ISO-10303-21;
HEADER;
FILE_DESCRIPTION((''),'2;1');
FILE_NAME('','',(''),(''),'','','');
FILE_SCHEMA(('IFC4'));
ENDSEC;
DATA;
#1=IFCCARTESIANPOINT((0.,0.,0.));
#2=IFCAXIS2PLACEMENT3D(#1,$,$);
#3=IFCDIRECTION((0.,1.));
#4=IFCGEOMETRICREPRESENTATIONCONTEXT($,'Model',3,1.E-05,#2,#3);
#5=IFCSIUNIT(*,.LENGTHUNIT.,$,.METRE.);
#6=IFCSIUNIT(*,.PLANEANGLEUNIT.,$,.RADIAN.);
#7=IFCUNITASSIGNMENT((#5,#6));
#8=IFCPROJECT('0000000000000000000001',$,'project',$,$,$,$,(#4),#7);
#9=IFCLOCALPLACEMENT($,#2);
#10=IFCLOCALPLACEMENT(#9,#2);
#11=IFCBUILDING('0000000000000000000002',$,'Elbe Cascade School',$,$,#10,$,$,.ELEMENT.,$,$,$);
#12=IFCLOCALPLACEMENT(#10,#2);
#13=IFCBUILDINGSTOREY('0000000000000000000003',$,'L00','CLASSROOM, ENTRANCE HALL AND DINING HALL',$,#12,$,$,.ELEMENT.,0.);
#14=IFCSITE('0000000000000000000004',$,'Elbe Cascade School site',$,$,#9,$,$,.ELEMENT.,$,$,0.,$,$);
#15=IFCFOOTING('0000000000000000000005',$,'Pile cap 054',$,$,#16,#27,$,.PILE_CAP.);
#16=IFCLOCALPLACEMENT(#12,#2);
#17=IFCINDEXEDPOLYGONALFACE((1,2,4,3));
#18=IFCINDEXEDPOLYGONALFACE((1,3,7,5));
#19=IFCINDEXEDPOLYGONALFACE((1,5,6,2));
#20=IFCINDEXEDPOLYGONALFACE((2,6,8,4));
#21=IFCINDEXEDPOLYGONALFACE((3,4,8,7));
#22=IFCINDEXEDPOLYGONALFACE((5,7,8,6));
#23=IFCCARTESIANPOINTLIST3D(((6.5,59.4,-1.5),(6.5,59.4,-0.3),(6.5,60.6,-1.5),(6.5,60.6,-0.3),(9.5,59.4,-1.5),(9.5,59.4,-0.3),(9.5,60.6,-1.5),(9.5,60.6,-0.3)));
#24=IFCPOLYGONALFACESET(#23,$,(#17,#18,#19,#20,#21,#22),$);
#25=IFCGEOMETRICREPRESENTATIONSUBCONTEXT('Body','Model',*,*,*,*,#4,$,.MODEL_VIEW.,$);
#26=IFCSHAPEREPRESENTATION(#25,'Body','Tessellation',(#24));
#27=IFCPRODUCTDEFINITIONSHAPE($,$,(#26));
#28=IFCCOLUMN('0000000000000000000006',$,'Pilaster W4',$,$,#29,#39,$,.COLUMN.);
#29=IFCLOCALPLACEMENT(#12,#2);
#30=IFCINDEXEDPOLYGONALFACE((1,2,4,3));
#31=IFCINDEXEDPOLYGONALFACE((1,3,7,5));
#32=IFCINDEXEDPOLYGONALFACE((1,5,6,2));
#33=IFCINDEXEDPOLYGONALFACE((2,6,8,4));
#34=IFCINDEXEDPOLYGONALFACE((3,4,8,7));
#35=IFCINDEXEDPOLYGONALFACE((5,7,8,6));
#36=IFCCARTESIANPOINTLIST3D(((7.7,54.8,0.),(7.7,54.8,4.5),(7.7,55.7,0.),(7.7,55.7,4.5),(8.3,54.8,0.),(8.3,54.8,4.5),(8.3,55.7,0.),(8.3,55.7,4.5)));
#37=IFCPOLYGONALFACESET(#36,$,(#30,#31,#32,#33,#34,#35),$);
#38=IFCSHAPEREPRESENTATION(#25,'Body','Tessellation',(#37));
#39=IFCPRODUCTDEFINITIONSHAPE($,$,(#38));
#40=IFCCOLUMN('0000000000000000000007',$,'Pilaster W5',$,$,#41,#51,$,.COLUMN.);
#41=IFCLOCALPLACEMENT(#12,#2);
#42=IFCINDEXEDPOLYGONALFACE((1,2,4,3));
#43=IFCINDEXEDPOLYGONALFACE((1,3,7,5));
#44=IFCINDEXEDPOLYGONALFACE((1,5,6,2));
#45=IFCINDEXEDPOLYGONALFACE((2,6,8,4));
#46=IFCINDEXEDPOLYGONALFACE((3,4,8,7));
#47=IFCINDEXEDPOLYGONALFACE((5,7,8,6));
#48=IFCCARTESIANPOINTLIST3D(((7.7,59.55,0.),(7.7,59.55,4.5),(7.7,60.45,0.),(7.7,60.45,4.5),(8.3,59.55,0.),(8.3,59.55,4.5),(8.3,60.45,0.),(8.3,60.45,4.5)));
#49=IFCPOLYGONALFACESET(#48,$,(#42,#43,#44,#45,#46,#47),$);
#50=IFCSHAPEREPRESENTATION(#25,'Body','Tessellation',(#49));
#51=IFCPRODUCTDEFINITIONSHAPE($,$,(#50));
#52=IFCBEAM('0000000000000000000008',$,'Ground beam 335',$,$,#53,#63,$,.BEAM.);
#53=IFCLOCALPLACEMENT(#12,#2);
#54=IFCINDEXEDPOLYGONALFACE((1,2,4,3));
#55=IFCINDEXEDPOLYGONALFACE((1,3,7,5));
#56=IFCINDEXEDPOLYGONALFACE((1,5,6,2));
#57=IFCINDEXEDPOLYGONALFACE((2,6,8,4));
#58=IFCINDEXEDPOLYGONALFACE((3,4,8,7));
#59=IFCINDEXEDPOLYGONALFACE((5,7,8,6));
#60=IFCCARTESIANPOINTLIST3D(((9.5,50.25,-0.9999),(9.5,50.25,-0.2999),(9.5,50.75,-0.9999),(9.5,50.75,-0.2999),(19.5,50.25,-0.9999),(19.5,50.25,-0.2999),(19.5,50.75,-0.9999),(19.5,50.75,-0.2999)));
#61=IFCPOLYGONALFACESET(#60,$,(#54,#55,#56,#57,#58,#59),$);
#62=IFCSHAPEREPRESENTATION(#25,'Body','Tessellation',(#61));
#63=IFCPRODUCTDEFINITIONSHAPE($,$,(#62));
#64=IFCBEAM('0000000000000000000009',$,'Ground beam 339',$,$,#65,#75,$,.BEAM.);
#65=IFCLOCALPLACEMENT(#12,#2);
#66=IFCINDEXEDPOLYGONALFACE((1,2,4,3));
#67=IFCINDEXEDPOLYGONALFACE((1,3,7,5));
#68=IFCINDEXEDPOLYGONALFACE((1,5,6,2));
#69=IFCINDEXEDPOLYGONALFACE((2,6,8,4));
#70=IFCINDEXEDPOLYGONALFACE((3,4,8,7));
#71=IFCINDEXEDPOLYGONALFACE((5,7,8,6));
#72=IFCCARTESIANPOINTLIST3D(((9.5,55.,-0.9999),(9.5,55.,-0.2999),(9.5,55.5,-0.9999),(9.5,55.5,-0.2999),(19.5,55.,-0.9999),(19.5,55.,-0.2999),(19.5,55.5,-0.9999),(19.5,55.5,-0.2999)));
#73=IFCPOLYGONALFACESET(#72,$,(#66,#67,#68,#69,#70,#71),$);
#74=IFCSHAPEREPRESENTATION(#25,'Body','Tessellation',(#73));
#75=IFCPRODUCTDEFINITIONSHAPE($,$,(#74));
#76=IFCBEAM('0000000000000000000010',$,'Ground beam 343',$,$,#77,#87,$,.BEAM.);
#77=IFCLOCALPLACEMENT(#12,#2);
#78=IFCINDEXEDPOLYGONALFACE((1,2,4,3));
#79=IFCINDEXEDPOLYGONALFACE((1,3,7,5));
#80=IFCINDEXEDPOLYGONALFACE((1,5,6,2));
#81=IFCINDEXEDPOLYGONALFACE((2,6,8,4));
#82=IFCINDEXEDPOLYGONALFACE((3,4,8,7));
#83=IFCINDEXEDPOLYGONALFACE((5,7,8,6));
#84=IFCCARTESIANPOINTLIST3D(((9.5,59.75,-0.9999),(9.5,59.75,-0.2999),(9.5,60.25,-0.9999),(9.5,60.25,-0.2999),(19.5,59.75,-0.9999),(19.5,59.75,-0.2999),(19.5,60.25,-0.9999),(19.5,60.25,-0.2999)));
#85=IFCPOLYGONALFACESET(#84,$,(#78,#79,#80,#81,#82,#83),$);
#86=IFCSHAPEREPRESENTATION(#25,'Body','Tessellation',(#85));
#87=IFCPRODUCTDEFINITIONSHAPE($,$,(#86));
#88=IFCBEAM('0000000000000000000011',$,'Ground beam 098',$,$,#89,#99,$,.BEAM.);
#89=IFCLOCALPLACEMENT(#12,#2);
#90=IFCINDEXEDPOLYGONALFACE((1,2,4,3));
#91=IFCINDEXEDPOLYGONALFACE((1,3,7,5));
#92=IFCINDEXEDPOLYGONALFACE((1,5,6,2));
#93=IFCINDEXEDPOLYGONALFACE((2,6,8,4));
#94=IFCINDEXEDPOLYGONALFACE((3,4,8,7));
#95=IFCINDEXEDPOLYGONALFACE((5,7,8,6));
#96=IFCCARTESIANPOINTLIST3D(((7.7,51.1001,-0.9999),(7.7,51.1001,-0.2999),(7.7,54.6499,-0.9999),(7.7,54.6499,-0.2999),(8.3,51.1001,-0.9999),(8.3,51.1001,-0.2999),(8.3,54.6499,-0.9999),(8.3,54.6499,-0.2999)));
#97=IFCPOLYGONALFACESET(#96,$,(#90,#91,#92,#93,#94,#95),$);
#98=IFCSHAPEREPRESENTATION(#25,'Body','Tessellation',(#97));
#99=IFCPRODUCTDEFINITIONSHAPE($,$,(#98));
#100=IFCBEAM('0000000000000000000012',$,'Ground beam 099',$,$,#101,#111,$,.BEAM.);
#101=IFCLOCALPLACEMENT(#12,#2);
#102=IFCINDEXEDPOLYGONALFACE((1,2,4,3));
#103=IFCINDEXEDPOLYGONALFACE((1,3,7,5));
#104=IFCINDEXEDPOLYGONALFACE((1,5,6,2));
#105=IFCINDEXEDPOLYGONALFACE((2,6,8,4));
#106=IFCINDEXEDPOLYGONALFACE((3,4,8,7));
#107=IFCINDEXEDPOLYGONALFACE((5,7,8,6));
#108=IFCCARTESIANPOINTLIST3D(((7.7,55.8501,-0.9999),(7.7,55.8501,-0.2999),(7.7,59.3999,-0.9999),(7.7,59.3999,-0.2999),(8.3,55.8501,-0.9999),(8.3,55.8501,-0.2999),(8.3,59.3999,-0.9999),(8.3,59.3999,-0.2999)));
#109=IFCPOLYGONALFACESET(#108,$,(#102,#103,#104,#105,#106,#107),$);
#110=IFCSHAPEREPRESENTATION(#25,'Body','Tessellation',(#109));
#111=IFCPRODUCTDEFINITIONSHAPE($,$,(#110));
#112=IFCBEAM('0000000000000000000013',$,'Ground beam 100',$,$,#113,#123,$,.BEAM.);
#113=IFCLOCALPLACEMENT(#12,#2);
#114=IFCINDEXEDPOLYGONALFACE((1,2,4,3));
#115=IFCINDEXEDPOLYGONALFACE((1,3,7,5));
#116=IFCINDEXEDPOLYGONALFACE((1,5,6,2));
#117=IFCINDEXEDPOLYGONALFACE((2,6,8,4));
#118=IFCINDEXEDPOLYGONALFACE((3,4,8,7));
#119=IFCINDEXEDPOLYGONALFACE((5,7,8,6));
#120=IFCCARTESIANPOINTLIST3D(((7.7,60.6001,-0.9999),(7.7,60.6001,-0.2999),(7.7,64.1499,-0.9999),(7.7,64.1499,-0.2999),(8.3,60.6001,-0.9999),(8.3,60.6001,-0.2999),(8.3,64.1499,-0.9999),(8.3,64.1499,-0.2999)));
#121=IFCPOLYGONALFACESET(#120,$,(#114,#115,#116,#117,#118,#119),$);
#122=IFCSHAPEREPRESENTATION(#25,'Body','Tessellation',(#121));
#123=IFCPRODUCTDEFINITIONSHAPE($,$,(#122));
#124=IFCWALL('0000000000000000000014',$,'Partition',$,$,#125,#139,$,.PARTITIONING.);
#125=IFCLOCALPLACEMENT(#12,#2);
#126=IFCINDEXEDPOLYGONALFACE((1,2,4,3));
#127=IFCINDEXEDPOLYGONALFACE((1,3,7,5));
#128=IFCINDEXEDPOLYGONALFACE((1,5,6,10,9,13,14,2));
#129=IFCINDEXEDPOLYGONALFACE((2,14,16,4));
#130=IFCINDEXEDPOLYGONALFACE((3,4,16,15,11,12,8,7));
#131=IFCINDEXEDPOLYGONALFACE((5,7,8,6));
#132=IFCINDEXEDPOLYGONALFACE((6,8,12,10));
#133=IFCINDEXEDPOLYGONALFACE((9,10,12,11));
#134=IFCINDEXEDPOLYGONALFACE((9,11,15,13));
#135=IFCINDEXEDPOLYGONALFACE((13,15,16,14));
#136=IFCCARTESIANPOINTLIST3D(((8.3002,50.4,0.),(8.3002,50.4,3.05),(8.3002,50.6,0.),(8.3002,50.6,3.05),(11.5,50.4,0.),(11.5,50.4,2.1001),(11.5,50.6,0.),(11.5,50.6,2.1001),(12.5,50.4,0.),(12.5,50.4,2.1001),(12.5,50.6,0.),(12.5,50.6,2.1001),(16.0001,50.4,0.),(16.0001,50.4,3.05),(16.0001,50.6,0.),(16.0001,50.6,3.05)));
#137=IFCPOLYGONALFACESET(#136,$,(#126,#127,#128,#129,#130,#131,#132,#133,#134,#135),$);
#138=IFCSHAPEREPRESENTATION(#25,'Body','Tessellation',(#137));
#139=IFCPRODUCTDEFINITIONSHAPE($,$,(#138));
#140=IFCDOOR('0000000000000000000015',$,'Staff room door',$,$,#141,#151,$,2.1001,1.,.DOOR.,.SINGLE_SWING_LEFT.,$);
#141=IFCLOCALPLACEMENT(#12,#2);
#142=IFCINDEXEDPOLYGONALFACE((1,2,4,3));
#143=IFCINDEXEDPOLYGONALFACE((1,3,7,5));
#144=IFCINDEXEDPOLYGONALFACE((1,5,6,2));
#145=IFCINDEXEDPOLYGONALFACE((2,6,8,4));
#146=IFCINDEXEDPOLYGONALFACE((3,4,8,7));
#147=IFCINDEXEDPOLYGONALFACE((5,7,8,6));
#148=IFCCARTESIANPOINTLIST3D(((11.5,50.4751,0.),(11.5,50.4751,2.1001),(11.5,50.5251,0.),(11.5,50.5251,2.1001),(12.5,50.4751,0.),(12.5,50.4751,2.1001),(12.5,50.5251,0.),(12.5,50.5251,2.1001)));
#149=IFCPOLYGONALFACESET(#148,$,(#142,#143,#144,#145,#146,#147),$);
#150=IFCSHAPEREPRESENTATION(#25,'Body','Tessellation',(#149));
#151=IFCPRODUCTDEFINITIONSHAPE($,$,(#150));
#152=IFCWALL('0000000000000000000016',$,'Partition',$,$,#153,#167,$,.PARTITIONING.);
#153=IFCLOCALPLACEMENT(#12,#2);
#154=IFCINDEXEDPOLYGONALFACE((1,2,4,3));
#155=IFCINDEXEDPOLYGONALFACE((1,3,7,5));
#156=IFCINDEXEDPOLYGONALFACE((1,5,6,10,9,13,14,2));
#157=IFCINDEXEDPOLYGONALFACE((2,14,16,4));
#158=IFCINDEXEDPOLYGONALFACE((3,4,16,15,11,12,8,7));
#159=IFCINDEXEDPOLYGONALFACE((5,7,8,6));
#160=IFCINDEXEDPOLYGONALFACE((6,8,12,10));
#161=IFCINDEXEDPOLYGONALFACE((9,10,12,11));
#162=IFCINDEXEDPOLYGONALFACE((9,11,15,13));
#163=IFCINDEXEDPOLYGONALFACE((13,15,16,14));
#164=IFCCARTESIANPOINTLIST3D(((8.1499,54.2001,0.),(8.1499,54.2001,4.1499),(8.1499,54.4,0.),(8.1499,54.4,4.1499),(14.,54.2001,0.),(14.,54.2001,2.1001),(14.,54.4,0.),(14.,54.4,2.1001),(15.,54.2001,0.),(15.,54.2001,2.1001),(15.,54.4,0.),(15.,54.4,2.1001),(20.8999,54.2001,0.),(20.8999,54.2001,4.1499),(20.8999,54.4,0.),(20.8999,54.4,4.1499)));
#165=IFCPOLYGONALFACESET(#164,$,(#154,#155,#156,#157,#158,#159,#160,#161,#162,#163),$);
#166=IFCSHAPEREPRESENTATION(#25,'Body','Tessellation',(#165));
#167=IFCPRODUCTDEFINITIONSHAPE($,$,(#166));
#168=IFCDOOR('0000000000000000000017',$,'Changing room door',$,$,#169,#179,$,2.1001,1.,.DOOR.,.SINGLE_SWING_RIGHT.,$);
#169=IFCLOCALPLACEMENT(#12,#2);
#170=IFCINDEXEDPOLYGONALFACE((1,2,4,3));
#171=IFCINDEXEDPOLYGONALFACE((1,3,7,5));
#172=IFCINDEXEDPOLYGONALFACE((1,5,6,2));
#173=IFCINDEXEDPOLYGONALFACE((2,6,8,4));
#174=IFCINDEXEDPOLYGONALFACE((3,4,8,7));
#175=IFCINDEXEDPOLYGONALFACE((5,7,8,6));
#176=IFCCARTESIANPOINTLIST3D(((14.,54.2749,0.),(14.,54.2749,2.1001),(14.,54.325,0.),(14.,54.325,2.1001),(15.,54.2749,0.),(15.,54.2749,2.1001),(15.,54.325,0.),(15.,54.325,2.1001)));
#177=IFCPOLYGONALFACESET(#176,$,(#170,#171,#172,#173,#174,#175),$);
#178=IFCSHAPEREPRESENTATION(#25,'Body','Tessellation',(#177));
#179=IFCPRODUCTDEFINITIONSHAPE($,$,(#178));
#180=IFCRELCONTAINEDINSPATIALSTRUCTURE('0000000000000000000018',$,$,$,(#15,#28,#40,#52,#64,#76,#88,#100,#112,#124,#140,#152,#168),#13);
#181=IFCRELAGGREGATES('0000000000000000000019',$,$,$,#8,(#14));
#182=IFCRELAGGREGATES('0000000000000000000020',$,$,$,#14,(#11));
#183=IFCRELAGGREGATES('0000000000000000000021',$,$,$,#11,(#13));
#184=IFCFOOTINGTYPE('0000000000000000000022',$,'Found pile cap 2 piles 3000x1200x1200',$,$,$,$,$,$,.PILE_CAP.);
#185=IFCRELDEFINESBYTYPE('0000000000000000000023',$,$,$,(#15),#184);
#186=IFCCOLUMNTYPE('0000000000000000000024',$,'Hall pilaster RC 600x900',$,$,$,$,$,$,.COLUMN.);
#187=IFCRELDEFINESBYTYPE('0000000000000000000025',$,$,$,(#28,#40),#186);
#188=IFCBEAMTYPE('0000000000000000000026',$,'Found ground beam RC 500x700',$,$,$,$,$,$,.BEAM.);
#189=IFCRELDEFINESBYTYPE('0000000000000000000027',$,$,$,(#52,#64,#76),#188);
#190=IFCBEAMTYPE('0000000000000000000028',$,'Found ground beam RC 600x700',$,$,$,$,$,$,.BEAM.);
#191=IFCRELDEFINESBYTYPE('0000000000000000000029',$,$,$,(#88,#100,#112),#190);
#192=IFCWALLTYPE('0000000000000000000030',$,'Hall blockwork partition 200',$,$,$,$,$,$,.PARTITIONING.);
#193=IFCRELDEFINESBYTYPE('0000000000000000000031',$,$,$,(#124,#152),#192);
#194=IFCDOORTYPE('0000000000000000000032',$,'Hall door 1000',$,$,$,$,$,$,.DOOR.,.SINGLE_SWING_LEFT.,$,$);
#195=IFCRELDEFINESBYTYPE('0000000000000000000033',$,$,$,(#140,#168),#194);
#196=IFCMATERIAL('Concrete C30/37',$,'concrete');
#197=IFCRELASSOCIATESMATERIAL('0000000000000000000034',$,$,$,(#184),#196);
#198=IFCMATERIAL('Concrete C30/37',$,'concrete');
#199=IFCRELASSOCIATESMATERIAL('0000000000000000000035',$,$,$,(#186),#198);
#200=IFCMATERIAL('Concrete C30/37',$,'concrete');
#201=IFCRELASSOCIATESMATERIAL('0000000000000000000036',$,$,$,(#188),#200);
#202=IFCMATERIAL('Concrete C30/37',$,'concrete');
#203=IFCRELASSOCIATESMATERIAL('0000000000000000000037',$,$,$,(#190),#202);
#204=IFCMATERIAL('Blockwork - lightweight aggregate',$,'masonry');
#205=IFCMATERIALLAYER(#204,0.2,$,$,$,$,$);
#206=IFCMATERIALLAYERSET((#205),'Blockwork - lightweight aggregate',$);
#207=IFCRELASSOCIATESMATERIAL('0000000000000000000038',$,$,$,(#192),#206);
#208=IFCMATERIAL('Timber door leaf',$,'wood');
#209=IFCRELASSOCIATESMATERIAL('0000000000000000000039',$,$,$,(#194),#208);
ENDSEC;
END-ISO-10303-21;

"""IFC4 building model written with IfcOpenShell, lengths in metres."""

from ifc_helpers import new_model, si_unit, direction, frame, frame_2d, origin, origin_2d, place, context, subcontext, project, spatial, rectangle, extrude, material, layer, layer_set, material_profile, profile_set, type_object, element, fill, save


model = new_model("IFC4")

# Units and contexts
model_context = context("Model", 3, precision=1e-05, world=origin(), true_north=direction((0.0, 1.0)))
body_context = subcontext(model_context, "Body", "Model", "MODEL_VIEW")
ifc_project = project(units=[si_unit("LENGTHUNIT", "METRE"), si_unit("PLANEANGLEUNIT", "RADIAN")], contexts=[model_context])

# Site, building, storey
site_placement = place(None, origin())
site = spatial("IfcSite", under=ifc_project, at=site_placement, Name="Elbe Cascade School site", CompositionType="ELEMENT", RefElevation=0.0)
building_placement = place(site_placement, origin())
building = spatial("IfcBuilding", under=site, at=building_placement, Name="Elbe Cascade School", CompositionType="ELEMENT")
storey_placement = place(building_placement, origin())
storey = spatial("IfcBuildingStorey", under=building, at=storey_placement, Name="L00", Description="CLASSROOM, ENTRANCE HALL AND DINING HALL", CompositionType="ELEMENT", Elevation=0.0)

# Footing
ifc_material_1 = material(Name="Concrete C30/37", Category="concrete")
footing_type = type_object("IfcFootingType", Name="Found pile cap 2 piles 3000x1200x1200", PredefinedType="PILE_CAP", material=ifc_material_1)
for number, where, z_axis, x_axis, name in (
    (1, (8.0, 60.0, -1.5), (0.0, 0.0, 1.0), (1.0, 0.0, 0.0), "Pile cap 054"),
):
    element("IfcFooting", number, at=place(storey_placement, frame(where, z_axis=z_axis, x_axis=x_axis)), inside=storey, type_object=footing_type, Name=name, PredefinedType="PILE_CAP", context=body_context, shape_type="SweptSolid", body=[
        extrude(rectangle(XDim=3.0, YDim=1.2, at=origin_2d()), origin(), (0.0, 0.0, 1.0), 1.2),
    ])

# Columns
ifc_material_2 = material(Name="Concrete C30/37", Category="concrete")
ifc_material_profile_1 = material_profile(ifc_material_2, rectangle(XDim=0.6001, YDim=0.8999, at=origin_2d()), Name="RC 600x900")
ifc_profile_set_1 = profile_set([ifc_material_profile_1], Name="Concrete C30/37")
column_type = type_object("IfcColumnType", Name="Hall pilaster RC 600x900", PredefinedType="COLUMN", material=ifc_profile_set_1)
for number, where, z_axis, x_axis, name in (
    (2, (8.0, 55.25, 0.0), (0.0, 0.0, 1.0), (1.0, 0.0, 0.0), "Pilaster W4"),
    (3, (8.0, 60.0, 0.0), (0.0, 0.0, 1.0), (1.0, 0.0, 0.0), "Pilaster W5"),
):
    element("IfcColumn", number, at=place(storey_placement, frame(where, z_axis=z_axis, x_axis=x_axis)), inside=storey, type_object=column_type, Name=name, PredefinedType="COLUMN", context=body_context, shape_type="SweptSolid", body=[
        extrude(rectangle(XDim=0.6001, YDim=0.8999, at=origin_2d()), origin(), (0.0, 0.0, 1.0), 4.5),
    ])

# Beams
ifc_material_3 = material(Name="Concrete C30/37", Category="concrete")
ifc_material_profile_2 = material_profile(ifc_material_3, rectangle(XDim=0.5, YDim=0.7, at=origin_2d()), Name="RC 500x700")
ifc_profile_set_2 = profile_set([ifc_material_profile_2], Name="Concrete C30/37")
beam_type_1 = type_object("IfcBeamType", Name="Found ground beam RC 500x700", PredefinedType="BEAM", material=ifc_profile_set_2)
for number, where, z_axis, x_axis, name in (
    (4, (9.5, 50.5, -0.6499), (1.0, 0.0, 0.0), (0.0, 1.0, 0.0), "Ground beam 335"),
    (5, (9.5, 55.25, -0.6499), (1.0, 0.0, 0.0), (0.0, 1.0, 0.0), "Ground beam 339"),
    (6, (9.5, 60.0, -0.6499), (1.0, 0.0, 0.0), (0.0, 1.0, 0.0), "Ground beam 343"),
):
    element("IfcBeam", number, at=place(storey_placement, frame(where, z_axis=z_axis, x_axis=x_axis)), inside=storey, type_object=beam_type_1, Name=name, PredefinedType="BEAM", context=body_context, shape_type="SweptSolid", body=[
        extrude(rectangle(XDim=0.5, YDim=0.7, at=origin_2d()), origin(), (0.0, 0.0, 1.0), 10.0),
    ])
ifc_material_4 = material(Name="Concrete C30/37", Category="concrete")
ifc_material_profile_3 = material_profile(ifc_material_4, rectangle(XDim=0.6001, YDim=0.7, at=origin_2d()), Name="RC 600x700")
ifc_profile_set_3 = profile_set([ifc_material_profile_3], Name="Concrete C30/37")
beam_type_2 = type_object("IfcBeamType", Name="Found ground beam RC 600x700", PredefinedType="BEAM", material=ifc_profile_set_3)
for number, where, z_axis, x_axis, name in (
    (7, (8.0, 51.1001, -0.6499), (0.0, 1.0, 0.0), (-1.0, 0.0, 0.0), "Ground beam 098"),
    (8, (8.0, 55.8501, -0.6499), (0.0, 1.0, 0.0), (-1.0, 0.0, 0.0), "Ground beam 099"),
    (9, (8.0, 60.6001, -0.6499), (0.0, 1.0, 0.0), (-1.0, 0.0, 0.0), "Ground beam 100"),
):
    element("IfcBeam", number, at=place(storey_placement, frame(where, z_axis=z_axis, x_axis=x_axis)), inside=storey, type_object=beam_type_2, Name=name, PredefinedType="BEAM", context=body_context, shape_type="SweptSolid", body=[
        extrude(rectangle(XDim=0.6001, YDim=0.7, at=origin_2d()), origin(), (0.0, 0.0, 1.0), 3.5498),
    ])

# Walls, openings, doors
ifc_material_5 = material(Name="Blockwork - lightweight aggregate", Category="masonry")
ifc_layer_1 = layer(ifc_material_5, 0.2)
ifc_layer_set_1 = layer_set([ifc_layer_1], Name="Blockwork - lightweight aggregate")
wall_type_1 = type_object("IfcWallType", Name="Hall blockwork partition 200", PredefinedType="PARTITIONING", material=ifc_layer_set_1)
wall_1_placement = place(storey_placement, frame((8.3, 50.5, 0.0), z_axis=(0.0, 0.0, 1.0), x_axis=(1.0, 0.0, 0.0)))
wall_1 = element("IfcWall", 10, at=wall_1_placement, inside=storey, type_object=wall_type_1, Name="Partition", PredefinedType="PARTITIONING", context=body_context, shape_type="SweptSolid", body=[
    extrude(rectangle(XDim=7.7, YDim=0.2, at=frame_2d((3.8501, 0.0))), origin(), (0.0, 0.0, 1.0), 3.05),
])
opening_1_placement = place(wall_1_placement, frame((3.2, 0.0, 0.0)))
opening_1 = element("IfcOpeningElement", 11, at=opening_1_placement, cuts=wall_1, PredefinedType="OPENING", context=body_context, shape_type="SweptSolid", body=[
    extrude(rectangle(XDim=1.0, YDim=2.1001, at=frame_2d((0.5, 1.05))), frame((0.0, 0.1099, 0.0), z_axis=(0.0, -1.0, 0.0), x_axis=(1.0, 0.0, 0.0)), (0.0, 0.0, 1.0), 0.22),
])
ifc_material_6 = material(Name="Timber door leaf", Category="wood")
door_type_1 = type_object("IfcDoorType", Name="Hall door 1000", OperationType="SINGLE_SWING_LEFT", PredefinedType="DOOR", material=ifc_material_6)
door_1_placement = place(opening_1_placement, frame((1.0, 0.0, 0.0), z_axis=(0.0, 0.0, 1.0), x_axis=(-1.0, 0.0, 0.0)))
door_1 = element("IfcDoor", 12, at=door_1_placement, inside=storey, type_object=door_type_1, Name="Staff room door", OperationType="SINGLE_SWING_LEFT", OverallHeight=2.1001, OverallWidth=1.0, PredefinedType="DOOR", context=body_context, shape_type="SweptSolid", body=[
    extrude(rectangle(XDim=1.0, YDim=2.1001, at=frame_2d((0.5, 1.05))), frame((0.0, 0.0249, 0.0), z_axis=(0.0, -1.0, 0.0), x_axis=(1.0, 0.0, 0.0)), (0.0, 0.0, 1.0), 0.05),
])
fill(opening_1, door_1)
wall_2_placement = place(storey_placement, frame((8.1499, 54.3, 0.0), z_axis=(0.0, 0.0, 1.0), x_axis=(1.0, 0.0, 0.0)))
wall_2 = element("IfcWall", 13, at=wall_2_placement, inside=storey, type_object=wall_type_1, Name="Partition", PredefinedType="PARTITIONING", context=body_context, shape_type="SweptSolid", body=[
    extrude(rectangle(XDim=12.75, YDim=0.2, at=frame_2d((6.375, 0.0))), origin(), (0.0, 0.0, 1.0), 4.1499),
])
opening_2_placement = place(wall_2_placement, frame((5.8501, 0.0, 0.0)))
opening_2 = element("IfcOpeningElement", 14, at=opening_2_placement, cuts=wall_2, PredefinedType="OPENING", context=body_context, shape_type="SweptSolid", body=[
    extrude(rectangle(XDim=1.0, YDim=2.1001, at=frame_2d((0.5, 1.05))), frame((0.0, 0.1099, 0.0), z_axis=(0.0, -1.0, 0.0), x_axis=(1.0, 0.0, 0.0)), (0.0, 0.0, 1.0), 0.22),
])
door_2_placement = place(opening_2_placement, origin())
door_2 = element("IfcDoor", 15, at=door_2_placement, inside=storey, type_object=door_type_1, Name="Changing room door", OperationType="SINGLE_SWING_RIGHT", OverallHeight=2.1001, OverallWidth=1.0, PredefinedType="DOOR", context=body_context, shape_type="SweptSolid", body=[
    extrude(rectangle(XDim=1.0, YDim=2.1001, at=frame_2d((0.5, 1.05))), frame((0.0, 0.0249, 0.0), z_axis=(0.0, -1.0, 0.0), x_axis=(1.0, 0.0, 0.0)), (0.0, 0.0, 1.0), 0.05),
])
fill(opening_2, door_2)

save(model, "model.ifc")
